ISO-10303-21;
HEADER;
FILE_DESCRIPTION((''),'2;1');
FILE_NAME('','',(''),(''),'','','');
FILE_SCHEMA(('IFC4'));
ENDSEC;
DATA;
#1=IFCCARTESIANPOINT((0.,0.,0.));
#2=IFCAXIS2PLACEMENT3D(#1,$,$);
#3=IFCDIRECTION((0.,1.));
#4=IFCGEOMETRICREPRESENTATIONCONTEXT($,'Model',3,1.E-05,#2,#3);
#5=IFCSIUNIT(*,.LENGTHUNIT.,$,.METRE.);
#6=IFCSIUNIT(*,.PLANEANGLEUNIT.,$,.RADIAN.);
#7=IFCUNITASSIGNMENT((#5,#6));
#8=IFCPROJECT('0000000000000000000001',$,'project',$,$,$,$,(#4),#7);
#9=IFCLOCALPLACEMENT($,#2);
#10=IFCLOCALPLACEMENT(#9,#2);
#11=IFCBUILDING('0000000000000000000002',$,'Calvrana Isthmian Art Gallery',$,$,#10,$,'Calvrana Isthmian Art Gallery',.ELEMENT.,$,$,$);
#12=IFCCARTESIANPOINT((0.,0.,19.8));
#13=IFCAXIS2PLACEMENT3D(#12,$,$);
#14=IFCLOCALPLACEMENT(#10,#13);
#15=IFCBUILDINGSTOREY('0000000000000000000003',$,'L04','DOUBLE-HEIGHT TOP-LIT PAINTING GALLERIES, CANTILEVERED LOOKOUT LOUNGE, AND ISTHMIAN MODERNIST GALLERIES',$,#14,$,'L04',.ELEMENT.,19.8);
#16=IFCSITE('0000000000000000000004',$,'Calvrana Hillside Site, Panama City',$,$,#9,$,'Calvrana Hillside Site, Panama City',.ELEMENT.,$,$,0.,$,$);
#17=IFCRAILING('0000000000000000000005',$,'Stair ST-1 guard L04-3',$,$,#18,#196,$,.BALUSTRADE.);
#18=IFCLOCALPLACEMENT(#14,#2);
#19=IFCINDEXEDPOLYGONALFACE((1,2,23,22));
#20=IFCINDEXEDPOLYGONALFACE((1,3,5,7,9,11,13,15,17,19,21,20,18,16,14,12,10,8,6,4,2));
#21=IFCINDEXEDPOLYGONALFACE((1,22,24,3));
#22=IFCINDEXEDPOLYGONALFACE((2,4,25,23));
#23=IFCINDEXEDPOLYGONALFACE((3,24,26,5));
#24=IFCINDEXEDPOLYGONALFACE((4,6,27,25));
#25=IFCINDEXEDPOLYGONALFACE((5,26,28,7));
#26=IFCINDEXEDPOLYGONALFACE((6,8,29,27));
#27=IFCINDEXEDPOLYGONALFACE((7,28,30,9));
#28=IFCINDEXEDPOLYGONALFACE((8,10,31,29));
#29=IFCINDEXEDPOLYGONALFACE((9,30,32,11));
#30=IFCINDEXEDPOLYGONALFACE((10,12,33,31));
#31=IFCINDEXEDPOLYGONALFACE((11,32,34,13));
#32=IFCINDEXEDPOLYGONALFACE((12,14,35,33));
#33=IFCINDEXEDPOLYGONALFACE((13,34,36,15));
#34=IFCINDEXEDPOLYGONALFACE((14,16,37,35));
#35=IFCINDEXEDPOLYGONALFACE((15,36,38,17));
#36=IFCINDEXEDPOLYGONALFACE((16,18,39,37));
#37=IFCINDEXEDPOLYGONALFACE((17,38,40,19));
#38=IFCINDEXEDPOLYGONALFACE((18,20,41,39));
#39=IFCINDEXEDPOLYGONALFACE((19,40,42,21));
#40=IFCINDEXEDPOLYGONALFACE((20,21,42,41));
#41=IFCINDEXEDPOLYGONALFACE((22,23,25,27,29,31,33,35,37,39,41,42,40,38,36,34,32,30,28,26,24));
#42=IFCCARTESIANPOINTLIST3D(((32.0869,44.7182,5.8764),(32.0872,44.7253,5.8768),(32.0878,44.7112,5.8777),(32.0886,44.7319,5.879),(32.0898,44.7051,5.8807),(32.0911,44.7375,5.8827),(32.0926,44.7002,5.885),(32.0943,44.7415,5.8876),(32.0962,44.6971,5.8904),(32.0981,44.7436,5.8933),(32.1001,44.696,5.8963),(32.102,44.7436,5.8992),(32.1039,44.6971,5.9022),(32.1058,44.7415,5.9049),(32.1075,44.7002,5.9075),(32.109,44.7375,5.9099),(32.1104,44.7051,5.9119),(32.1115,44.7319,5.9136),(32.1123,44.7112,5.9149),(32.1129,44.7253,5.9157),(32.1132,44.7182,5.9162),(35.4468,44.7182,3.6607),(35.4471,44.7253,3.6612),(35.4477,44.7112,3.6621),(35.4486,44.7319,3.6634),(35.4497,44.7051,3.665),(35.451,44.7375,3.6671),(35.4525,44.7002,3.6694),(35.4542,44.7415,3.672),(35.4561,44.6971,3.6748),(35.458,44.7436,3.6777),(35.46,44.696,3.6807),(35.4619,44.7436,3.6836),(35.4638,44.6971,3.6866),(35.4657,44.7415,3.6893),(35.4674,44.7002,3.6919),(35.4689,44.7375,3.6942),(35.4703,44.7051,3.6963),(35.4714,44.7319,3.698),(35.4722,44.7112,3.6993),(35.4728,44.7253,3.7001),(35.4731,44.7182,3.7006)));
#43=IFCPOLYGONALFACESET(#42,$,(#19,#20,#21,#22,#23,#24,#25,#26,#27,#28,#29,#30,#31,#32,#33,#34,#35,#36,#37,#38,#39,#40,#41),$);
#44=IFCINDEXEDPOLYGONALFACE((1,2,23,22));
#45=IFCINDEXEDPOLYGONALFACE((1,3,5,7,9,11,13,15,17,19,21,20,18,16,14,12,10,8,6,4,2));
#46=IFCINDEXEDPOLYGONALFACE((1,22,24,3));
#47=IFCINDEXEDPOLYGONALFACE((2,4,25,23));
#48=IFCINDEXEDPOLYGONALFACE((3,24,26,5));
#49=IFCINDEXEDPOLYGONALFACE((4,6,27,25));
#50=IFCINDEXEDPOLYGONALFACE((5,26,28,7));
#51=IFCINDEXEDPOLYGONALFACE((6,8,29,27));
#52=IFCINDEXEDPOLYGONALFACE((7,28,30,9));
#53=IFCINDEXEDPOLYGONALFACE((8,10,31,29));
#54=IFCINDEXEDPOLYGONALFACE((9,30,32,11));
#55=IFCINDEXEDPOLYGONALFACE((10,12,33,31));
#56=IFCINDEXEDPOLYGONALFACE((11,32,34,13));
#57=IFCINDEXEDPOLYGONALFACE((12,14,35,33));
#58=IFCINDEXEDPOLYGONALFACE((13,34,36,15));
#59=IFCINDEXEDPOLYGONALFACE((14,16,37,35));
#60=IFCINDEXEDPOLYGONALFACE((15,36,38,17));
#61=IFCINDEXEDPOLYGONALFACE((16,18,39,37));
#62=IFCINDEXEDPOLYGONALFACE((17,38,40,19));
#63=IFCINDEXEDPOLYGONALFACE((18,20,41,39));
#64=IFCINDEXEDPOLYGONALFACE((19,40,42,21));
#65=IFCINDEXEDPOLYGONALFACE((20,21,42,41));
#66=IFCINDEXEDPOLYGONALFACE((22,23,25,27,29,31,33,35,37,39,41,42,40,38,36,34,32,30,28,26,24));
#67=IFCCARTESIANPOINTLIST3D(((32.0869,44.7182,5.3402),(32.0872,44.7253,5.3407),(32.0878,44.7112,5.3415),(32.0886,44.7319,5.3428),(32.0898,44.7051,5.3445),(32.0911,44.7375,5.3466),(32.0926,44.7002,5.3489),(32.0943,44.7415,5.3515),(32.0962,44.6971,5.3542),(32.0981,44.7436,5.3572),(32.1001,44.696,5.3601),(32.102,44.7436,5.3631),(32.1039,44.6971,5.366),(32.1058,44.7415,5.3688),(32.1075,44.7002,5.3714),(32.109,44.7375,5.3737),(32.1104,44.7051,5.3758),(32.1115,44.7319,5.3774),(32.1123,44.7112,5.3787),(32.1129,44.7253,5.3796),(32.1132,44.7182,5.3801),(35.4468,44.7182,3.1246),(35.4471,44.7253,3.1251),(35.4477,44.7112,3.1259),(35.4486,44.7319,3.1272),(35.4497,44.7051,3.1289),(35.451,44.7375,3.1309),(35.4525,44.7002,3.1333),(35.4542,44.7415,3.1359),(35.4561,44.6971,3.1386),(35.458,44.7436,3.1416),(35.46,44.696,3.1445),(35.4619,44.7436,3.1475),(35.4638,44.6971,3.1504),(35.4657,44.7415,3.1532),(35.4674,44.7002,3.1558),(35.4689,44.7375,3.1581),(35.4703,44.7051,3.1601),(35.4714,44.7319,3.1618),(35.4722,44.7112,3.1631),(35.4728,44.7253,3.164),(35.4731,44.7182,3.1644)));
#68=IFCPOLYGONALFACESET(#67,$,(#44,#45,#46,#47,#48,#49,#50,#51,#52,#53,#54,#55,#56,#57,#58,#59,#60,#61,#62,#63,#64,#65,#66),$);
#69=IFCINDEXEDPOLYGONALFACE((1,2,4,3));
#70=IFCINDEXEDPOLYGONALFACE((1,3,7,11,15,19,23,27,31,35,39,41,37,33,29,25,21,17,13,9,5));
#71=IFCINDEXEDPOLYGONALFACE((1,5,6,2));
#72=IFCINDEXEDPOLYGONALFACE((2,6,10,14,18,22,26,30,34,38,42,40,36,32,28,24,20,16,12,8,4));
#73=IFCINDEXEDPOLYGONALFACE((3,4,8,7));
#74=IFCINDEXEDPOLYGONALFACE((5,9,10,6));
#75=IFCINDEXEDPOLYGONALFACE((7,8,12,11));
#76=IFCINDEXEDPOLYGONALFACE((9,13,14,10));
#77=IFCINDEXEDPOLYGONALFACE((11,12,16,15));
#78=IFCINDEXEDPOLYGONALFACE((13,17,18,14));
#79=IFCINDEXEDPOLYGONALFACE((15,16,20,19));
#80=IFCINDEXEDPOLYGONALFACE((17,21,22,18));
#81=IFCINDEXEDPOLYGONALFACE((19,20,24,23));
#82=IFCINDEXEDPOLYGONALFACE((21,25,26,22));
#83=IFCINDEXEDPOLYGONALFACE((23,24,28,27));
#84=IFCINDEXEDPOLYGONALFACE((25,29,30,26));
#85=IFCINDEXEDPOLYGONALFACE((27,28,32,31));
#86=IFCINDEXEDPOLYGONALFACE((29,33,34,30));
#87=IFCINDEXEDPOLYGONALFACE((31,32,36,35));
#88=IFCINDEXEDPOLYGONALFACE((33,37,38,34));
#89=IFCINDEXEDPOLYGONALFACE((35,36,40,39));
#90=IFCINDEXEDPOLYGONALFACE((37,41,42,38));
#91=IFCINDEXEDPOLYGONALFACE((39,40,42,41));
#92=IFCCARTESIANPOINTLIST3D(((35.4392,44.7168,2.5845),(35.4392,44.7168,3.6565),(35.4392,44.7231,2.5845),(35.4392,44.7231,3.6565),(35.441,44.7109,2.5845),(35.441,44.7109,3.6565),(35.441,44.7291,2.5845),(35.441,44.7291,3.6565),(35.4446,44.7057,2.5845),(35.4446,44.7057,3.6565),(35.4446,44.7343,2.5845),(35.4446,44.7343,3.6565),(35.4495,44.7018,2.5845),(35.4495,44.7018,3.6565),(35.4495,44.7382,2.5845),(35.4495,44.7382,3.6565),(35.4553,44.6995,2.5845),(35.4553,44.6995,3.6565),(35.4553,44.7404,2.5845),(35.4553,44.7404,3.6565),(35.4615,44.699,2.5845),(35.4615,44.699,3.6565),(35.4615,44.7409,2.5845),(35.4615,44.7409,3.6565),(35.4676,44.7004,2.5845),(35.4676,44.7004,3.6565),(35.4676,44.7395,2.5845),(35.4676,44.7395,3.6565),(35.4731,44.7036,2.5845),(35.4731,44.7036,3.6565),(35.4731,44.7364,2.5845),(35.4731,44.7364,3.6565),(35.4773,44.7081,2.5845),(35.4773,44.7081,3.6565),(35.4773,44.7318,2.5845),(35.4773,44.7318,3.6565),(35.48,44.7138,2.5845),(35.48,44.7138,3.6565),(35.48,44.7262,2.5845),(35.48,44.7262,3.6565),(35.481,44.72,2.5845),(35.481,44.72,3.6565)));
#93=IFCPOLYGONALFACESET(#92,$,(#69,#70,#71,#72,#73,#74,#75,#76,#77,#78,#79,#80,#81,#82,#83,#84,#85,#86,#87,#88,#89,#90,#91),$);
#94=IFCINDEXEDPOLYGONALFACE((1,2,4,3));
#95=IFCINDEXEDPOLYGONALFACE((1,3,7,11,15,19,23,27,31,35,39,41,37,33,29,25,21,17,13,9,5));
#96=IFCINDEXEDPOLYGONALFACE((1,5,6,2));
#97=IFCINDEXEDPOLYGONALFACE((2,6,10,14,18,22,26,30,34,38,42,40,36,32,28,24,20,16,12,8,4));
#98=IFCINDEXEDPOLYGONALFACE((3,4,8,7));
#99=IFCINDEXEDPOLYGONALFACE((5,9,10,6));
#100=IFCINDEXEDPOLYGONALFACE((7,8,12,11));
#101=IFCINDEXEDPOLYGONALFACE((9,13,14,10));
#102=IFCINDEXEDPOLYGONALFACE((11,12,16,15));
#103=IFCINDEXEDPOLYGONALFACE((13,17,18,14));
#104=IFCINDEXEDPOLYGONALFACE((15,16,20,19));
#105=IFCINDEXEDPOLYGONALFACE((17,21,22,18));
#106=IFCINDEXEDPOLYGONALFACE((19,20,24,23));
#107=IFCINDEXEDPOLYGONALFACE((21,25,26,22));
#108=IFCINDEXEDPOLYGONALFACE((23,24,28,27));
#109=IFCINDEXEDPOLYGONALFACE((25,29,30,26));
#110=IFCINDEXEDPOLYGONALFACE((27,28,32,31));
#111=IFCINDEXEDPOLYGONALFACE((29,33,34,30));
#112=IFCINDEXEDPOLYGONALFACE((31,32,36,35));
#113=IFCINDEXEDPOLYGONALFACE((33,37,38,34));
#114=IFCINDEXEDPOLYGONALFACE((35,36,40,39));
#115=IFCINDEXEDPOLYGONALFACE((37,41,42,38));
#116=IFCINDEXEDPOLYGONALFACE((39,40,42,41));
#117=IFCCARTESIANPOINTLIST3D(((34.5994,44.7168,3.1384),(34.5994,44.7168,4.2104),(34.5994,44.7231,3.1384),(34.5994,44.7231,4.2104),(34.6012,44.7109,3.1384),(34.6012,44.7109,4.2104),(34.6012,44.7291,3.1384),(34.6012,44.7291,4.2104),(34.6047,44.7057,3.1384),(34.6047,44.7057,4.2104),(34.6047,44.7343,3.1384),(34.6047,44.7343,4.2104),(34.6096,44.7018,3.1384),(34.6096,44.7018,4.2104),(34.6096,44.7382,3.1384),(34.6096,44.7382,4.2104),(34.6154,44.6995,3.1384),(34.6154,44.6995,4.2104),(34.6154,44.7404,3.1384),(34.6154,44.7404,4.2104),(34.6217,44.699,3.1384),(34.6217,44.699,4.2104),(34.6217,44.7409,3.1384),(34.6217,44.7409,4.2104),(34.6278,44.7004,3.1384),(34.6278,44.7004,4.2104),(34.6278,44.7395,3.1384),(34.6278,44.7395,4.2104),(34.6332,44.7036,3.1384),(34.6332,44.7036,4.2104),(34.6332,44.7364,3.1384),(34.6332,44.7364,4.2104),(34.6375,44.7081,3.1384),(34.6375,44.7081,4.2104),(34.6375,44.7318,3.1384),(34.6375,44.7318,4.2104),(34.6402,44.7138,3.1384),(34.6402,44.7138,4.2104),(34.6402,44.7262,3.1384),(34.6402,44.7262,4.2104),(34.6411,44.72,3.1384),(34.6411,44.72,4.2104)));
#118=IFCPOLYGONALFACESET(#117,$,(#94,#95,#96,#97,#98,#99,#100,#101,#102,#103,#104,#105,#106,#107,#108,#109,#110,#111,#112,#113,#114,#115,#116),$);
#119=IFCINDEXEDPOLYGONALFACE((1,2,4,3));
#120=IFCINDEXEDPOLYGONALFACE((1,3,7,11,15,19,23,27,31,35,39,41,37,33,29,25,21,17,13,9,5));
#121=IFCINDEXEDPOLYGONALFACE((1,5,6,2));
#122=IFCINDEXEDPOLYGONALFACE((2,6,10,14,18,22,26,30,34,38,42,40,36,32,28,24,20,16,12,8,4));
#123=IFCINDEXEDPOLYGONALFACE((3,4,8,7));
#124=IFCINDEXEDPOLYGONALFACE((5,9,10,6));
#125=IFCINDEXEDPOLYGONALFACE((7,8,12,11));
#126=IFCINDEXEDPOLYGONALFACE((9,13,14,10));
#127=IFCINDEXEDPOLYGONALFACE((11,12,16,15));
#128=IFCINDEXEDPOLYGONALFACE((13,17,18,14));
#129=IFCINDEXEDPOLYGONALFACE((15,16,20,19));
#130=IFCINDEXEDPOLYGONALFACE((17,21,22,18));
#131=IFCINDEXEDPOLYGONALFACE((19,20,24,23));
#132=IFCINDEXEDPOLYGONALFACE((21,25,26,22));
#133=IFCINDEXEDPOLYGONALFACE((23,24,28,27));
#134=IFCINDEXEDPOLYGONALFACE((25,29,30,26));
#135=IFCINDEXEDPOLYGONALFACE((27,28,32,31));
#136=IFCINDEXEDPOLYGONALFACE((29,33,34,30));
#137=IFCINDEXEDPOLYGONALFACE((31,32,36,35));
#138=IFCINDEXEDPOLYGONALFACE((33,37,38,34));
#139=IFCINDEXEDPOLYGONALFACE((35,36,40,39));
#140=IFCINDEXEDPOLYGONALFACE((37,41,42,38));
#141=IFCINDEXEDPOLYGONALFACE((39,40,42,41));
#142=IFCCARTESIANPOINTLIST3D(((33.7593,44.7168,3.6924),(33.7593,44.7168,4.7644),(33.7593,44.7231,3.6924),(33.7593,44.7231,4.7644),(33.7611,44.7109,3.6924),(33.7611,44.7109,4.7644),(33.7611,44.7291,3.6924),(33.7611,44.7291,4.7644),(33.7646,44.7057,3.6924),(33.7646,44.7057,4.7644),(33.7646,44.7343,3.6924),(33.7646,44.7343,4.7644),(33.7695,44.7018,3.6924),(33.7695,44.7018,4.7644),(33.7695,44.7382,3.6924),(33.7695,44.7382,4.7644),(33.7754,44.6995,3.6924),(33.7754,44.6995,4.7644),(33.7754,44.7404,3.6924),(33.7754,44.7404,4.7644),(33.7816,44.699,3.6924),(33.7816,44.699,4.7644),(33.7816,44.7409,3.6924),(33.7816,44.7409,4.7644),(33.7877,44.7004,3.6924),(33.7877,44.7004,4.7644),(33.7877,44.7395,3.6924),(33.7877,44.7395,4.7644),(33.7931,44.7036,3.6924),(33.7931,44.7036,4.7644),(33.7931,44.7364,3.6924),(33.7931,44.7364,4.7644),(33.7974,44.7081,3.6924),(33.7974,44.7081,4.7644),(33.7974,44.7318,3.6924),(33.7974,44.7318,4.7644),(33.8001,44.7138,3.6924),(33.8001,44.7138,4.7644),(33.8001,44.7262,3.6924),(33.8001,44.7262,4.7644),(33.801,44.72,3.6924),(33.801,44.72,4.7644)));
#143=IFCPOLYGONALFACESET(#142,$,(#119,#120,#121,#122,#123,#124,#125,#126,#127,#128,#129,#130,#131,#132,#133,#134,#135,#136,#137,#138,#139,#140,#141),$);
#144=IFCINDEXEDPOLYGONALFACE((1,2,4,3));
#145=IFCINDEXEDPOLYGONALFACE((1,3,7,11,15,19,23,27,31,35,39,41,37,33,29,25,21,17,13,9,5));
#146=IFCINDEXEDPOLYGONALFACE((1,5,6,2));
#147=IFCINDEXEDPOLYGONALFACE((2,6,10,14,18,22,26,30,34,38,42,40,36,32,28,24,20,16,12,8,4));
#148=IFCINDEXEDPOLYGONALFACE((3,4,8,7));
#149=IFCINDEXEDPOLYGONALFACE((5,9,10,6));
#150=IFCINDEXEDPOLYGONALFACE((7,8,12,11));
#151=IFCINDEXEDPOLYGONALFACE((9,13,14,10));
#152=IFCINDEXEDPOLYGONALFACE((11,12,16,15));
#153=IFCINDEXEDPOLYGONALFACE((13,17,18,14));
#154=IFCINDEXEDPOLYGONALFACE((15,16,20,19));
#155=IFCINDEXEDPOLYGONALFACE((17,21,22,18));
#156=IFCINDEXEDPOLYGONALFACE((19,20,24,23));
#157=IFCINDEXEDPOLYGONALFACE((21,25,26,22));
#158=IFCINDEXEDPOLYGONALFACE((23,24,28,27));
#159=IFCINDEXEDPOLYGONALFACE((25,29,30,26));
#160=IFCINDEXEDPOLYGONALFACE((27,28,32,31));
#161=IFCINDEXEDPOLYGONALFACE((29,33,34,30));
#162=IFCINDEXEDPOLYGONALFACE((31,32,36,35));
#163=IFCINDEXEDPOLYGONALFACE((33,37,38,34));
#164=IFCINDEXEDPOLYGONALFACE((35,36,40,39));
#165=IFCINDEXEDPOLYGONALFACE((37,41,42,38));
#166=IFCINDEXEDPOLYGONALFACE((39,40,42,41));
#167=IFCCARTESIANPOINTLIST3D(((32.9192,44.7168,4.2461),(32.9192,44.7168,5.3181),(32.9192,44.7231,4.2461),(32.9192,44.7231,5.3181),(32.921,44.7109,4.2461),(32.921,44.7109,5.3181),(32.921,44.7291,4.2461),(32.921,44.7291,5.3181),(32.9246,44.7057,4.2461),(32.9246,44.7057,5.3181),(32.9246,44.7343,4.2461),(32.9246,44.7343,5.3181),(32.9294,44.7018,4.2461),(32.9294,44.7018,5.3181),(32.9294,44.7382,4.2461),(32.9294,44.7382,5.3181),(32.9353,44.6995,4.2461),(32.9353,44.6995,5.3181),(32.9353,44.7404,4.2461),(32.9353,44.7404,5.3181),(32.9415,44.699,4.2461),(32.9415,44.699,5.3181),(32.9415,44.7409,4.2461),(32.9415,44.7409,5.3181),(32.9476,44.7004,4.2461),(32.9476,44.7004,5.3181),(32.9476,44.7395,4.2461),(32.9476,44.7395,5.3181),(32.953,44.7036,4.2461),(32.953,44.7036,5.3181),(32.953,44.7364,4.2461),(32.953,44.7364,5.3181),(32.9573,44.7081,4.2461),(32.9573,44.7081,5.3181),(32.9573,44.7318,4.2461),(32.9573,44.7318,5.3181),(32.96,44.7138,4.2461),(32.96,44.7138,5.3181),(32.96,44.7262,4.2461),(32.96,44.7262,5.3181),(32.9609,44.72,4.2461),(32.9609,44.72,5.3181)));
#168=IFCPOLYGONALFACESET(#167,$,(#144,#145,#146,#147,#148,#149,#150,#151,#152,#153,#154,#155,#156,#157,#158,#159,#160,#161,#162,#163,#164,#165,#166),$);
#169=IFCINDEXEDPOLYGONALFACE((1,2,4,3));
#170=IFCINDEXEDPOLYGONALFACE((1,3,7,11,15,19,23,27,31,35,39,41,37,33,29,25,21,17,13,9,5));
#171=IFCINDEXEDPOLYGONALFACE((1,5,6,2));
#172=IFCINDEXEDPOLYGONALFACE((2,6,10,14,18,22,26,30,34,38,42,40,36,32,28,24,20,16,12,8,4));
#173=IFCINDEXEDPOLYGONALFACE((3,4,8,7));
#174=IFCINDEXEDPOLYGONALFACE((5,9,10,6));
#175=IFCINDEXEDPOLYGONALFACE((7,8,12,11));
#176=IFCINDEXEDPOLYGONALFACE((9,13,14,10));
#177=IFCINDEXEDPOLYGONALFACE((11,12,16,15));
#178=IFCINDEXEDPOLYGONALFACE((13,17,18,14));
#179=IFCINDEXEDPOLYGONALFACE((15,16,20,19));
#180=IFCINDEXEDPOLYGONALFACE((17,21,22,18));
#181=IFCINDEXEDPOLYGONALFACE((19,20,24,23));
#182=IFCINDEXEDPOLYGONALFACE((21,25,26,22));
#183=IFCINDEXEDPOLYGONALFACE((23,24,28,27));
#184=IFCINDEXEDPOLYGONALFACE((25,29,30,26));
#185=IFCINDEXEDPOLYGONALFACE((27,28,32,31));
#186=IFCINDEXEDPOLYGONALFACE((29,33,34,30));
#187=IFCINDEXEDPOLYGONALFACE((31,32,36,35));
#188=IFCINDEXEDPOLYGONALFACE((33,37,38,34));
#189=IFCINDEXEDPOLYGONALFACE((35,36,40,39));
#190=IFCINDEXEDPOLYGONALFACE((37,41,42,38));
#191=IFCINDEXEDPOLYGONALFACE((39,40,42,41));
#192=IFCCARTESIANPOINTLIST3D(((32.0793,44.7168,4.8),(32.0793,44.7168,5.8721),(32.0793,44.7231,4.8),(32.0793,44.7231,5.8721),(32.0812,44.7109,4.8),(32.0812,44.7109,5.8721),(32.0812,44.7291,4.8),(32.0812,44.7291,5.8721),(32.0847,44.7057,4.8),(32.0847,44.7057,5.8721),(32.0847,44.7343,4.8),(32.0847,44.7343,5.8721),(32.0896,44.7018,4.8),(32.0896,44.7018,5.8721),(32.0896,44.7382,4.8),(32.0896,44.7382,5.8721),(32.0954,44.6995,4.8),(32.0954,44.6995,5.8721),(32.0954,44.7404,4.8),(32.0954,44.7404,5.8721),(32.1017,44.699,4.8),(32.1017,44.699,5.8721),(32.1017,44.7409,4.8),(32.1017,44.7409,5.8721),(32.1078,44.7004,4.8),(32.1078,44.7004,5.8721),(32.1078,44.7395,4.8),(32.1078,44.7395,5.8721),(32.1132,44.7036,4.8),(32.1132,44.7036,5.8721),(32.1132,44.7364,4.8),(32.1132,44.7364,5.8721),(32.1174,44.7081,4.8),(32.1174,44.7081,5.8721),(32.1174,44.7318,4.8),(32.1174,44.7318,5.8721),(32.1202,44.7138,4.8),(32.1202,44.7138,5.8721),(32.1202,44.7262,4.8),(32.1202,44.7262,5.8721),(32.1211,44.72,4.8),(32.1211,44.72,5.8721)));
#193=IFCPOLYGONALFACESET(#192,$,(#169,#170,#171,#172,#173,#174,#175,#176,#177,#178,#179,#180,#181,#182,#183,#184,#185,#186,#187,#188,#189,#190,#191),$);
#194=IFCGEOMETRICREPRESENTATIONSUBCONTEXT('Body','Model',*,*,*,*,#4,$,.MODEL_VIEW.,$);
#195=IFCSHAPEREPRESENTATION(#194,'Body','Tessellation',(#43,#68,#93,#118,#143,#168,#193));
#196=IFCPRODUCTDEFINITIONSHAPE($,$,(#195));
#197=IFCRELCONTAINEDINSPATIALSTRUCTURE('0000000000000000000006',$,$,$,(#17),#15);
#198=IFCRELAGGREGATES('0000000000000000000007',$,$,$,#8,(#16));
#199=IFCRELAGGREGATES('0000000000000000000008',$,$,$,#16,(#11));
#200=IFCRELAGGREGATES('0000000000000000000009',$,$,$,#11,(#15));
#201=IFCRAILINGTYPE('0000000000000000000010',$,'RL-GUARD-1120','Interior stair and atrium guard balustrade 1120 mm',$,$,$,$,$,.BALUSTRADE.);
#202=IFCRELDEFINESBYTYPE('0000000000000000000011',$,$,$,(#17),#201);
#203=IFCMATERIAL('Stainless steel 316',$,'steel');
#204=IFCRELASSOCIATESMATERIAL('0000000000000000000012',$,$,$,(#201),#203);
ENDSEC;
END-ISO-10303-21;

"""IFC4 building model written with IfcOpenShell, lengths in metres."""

from ifc_helpers import new_model, si_unit, direction, frame, origin, origin_2d, place, context, subcontext, project, spatial, circle, extrude, material, type_object, element, save


model = new_model("IFC4")

# Units and contexts
model_context = context("Model", 3, precision=1e-05, world=origin(), true_north=direction((0.0, 1.0)))
body_context = subcontext(model_context, "Body", "Model", "MODEL_VIEW")
ifc_project = project(units=[si_unit("LENGTHUNIT", "METRE"), si_unit("PLANEANGLEUNIT", "RADIAN")], contexts=[model_context])

# Site, building, storey
site_placement = place(None, origin())
site = spatial("IfcSite", under=ifc_project, at=site_placement, Name="Calvrana Hillside Site, Panama City", LongName="Calvrana Hillside Site, Panama City", CompositionType="ELEMENT", RefElevation=0.0)
building_placement = place(site_placement, origin())
building = spatial("IfcBuilding", under=site, at=building_placement, Name="Calvrana Isthmian Art Gallery", LongName="Calvrana Isthmian Art Gallery", CompositionType="ELEMENT")
storey_placement = place(building_placement, frame((0.0, 0.0, 19.8)))
storey = spatial("IfcBuildingStorey", under=building, at=storey_placement, Name="L04", Description="DOUBLE-HEIGHT TOP-LIT PAINTING GALLERIES, CANTILEVERED LOOKOUT LOUNGE, AND ISTHMIAN MODERNIST GALLERIES", LongName="L04", CompositionType="ELEMENT", Elevation=19.8)

# Shared definitions
ifc_material_1 = material(Name="Stainless steel 316", Category="steel")

# Railing
railing_type_1 = type_object("IfcRailingType", Name="RL-GUARD-1120", Description="Interior stair and atrium guard balustrade 1120 mm", PredefinedType="BALUSTRADE", material=ifc_material_1)
railing_1_placement = place(storey_placement, frame((35.46, 44.72, 2.5845)))
element("IfcRailing", 1, at=railing_1_placement, inside=storey, type_object=railing_type_1, Name="Stair ST-1 guard L04-3", PredefinedType="BALUSTRADE", context=body_context, shape_type="SweptSolid", body=[
    extrude(circle(Radius=0.0239, at=origin_2d()), frame((0.0, 0.0, 1.0962), z_axis=(-0.83483, 0.0, 0.550508), x_axis=(0.0, -1.0, 0.0)), (0.0, 0.0, 1.0), 4.0247),
    extrude(circle(Radius=0.0239, at=origin_2d()), frame((0.0, 0.0, 0.5601), z_axis=(-0.83483, 0.0, 0.550508), x_axis=(0.0, -1.0, 0.0)), (0.0, 0.0, 1.0), 4.0247),
    extrude(circle(Radius=0.021, at=origin_2d()), origin(), (0.0, 0.0, 1.0), 1.072),
    extrude(circle(Radius=0.021, at=origin_2d()), frame((-0.8398, 0.0, 0.554)), (0.0, 0.0, 1.0), 1.072),
    extrude(circle(Radius=0.021, at=origin_2d()), frame((-1.6799, 0.0, 1.1079)), (0.0, 0.0, 1.0), 1.072),
    extrude(circle(Radius=0.021, at=origin_2d()), frame((-2.52, 0.0, 1.6616)), (0.0, 0.0, 1.0), 1.072),
    extrude(circle(Radius=0.021, at=origin_2d()), frame((-3.3599, 0.0, 2.2156)), (0.0, 0.0, 1.0), 1.072),
])

save(model, "model.ifc")
